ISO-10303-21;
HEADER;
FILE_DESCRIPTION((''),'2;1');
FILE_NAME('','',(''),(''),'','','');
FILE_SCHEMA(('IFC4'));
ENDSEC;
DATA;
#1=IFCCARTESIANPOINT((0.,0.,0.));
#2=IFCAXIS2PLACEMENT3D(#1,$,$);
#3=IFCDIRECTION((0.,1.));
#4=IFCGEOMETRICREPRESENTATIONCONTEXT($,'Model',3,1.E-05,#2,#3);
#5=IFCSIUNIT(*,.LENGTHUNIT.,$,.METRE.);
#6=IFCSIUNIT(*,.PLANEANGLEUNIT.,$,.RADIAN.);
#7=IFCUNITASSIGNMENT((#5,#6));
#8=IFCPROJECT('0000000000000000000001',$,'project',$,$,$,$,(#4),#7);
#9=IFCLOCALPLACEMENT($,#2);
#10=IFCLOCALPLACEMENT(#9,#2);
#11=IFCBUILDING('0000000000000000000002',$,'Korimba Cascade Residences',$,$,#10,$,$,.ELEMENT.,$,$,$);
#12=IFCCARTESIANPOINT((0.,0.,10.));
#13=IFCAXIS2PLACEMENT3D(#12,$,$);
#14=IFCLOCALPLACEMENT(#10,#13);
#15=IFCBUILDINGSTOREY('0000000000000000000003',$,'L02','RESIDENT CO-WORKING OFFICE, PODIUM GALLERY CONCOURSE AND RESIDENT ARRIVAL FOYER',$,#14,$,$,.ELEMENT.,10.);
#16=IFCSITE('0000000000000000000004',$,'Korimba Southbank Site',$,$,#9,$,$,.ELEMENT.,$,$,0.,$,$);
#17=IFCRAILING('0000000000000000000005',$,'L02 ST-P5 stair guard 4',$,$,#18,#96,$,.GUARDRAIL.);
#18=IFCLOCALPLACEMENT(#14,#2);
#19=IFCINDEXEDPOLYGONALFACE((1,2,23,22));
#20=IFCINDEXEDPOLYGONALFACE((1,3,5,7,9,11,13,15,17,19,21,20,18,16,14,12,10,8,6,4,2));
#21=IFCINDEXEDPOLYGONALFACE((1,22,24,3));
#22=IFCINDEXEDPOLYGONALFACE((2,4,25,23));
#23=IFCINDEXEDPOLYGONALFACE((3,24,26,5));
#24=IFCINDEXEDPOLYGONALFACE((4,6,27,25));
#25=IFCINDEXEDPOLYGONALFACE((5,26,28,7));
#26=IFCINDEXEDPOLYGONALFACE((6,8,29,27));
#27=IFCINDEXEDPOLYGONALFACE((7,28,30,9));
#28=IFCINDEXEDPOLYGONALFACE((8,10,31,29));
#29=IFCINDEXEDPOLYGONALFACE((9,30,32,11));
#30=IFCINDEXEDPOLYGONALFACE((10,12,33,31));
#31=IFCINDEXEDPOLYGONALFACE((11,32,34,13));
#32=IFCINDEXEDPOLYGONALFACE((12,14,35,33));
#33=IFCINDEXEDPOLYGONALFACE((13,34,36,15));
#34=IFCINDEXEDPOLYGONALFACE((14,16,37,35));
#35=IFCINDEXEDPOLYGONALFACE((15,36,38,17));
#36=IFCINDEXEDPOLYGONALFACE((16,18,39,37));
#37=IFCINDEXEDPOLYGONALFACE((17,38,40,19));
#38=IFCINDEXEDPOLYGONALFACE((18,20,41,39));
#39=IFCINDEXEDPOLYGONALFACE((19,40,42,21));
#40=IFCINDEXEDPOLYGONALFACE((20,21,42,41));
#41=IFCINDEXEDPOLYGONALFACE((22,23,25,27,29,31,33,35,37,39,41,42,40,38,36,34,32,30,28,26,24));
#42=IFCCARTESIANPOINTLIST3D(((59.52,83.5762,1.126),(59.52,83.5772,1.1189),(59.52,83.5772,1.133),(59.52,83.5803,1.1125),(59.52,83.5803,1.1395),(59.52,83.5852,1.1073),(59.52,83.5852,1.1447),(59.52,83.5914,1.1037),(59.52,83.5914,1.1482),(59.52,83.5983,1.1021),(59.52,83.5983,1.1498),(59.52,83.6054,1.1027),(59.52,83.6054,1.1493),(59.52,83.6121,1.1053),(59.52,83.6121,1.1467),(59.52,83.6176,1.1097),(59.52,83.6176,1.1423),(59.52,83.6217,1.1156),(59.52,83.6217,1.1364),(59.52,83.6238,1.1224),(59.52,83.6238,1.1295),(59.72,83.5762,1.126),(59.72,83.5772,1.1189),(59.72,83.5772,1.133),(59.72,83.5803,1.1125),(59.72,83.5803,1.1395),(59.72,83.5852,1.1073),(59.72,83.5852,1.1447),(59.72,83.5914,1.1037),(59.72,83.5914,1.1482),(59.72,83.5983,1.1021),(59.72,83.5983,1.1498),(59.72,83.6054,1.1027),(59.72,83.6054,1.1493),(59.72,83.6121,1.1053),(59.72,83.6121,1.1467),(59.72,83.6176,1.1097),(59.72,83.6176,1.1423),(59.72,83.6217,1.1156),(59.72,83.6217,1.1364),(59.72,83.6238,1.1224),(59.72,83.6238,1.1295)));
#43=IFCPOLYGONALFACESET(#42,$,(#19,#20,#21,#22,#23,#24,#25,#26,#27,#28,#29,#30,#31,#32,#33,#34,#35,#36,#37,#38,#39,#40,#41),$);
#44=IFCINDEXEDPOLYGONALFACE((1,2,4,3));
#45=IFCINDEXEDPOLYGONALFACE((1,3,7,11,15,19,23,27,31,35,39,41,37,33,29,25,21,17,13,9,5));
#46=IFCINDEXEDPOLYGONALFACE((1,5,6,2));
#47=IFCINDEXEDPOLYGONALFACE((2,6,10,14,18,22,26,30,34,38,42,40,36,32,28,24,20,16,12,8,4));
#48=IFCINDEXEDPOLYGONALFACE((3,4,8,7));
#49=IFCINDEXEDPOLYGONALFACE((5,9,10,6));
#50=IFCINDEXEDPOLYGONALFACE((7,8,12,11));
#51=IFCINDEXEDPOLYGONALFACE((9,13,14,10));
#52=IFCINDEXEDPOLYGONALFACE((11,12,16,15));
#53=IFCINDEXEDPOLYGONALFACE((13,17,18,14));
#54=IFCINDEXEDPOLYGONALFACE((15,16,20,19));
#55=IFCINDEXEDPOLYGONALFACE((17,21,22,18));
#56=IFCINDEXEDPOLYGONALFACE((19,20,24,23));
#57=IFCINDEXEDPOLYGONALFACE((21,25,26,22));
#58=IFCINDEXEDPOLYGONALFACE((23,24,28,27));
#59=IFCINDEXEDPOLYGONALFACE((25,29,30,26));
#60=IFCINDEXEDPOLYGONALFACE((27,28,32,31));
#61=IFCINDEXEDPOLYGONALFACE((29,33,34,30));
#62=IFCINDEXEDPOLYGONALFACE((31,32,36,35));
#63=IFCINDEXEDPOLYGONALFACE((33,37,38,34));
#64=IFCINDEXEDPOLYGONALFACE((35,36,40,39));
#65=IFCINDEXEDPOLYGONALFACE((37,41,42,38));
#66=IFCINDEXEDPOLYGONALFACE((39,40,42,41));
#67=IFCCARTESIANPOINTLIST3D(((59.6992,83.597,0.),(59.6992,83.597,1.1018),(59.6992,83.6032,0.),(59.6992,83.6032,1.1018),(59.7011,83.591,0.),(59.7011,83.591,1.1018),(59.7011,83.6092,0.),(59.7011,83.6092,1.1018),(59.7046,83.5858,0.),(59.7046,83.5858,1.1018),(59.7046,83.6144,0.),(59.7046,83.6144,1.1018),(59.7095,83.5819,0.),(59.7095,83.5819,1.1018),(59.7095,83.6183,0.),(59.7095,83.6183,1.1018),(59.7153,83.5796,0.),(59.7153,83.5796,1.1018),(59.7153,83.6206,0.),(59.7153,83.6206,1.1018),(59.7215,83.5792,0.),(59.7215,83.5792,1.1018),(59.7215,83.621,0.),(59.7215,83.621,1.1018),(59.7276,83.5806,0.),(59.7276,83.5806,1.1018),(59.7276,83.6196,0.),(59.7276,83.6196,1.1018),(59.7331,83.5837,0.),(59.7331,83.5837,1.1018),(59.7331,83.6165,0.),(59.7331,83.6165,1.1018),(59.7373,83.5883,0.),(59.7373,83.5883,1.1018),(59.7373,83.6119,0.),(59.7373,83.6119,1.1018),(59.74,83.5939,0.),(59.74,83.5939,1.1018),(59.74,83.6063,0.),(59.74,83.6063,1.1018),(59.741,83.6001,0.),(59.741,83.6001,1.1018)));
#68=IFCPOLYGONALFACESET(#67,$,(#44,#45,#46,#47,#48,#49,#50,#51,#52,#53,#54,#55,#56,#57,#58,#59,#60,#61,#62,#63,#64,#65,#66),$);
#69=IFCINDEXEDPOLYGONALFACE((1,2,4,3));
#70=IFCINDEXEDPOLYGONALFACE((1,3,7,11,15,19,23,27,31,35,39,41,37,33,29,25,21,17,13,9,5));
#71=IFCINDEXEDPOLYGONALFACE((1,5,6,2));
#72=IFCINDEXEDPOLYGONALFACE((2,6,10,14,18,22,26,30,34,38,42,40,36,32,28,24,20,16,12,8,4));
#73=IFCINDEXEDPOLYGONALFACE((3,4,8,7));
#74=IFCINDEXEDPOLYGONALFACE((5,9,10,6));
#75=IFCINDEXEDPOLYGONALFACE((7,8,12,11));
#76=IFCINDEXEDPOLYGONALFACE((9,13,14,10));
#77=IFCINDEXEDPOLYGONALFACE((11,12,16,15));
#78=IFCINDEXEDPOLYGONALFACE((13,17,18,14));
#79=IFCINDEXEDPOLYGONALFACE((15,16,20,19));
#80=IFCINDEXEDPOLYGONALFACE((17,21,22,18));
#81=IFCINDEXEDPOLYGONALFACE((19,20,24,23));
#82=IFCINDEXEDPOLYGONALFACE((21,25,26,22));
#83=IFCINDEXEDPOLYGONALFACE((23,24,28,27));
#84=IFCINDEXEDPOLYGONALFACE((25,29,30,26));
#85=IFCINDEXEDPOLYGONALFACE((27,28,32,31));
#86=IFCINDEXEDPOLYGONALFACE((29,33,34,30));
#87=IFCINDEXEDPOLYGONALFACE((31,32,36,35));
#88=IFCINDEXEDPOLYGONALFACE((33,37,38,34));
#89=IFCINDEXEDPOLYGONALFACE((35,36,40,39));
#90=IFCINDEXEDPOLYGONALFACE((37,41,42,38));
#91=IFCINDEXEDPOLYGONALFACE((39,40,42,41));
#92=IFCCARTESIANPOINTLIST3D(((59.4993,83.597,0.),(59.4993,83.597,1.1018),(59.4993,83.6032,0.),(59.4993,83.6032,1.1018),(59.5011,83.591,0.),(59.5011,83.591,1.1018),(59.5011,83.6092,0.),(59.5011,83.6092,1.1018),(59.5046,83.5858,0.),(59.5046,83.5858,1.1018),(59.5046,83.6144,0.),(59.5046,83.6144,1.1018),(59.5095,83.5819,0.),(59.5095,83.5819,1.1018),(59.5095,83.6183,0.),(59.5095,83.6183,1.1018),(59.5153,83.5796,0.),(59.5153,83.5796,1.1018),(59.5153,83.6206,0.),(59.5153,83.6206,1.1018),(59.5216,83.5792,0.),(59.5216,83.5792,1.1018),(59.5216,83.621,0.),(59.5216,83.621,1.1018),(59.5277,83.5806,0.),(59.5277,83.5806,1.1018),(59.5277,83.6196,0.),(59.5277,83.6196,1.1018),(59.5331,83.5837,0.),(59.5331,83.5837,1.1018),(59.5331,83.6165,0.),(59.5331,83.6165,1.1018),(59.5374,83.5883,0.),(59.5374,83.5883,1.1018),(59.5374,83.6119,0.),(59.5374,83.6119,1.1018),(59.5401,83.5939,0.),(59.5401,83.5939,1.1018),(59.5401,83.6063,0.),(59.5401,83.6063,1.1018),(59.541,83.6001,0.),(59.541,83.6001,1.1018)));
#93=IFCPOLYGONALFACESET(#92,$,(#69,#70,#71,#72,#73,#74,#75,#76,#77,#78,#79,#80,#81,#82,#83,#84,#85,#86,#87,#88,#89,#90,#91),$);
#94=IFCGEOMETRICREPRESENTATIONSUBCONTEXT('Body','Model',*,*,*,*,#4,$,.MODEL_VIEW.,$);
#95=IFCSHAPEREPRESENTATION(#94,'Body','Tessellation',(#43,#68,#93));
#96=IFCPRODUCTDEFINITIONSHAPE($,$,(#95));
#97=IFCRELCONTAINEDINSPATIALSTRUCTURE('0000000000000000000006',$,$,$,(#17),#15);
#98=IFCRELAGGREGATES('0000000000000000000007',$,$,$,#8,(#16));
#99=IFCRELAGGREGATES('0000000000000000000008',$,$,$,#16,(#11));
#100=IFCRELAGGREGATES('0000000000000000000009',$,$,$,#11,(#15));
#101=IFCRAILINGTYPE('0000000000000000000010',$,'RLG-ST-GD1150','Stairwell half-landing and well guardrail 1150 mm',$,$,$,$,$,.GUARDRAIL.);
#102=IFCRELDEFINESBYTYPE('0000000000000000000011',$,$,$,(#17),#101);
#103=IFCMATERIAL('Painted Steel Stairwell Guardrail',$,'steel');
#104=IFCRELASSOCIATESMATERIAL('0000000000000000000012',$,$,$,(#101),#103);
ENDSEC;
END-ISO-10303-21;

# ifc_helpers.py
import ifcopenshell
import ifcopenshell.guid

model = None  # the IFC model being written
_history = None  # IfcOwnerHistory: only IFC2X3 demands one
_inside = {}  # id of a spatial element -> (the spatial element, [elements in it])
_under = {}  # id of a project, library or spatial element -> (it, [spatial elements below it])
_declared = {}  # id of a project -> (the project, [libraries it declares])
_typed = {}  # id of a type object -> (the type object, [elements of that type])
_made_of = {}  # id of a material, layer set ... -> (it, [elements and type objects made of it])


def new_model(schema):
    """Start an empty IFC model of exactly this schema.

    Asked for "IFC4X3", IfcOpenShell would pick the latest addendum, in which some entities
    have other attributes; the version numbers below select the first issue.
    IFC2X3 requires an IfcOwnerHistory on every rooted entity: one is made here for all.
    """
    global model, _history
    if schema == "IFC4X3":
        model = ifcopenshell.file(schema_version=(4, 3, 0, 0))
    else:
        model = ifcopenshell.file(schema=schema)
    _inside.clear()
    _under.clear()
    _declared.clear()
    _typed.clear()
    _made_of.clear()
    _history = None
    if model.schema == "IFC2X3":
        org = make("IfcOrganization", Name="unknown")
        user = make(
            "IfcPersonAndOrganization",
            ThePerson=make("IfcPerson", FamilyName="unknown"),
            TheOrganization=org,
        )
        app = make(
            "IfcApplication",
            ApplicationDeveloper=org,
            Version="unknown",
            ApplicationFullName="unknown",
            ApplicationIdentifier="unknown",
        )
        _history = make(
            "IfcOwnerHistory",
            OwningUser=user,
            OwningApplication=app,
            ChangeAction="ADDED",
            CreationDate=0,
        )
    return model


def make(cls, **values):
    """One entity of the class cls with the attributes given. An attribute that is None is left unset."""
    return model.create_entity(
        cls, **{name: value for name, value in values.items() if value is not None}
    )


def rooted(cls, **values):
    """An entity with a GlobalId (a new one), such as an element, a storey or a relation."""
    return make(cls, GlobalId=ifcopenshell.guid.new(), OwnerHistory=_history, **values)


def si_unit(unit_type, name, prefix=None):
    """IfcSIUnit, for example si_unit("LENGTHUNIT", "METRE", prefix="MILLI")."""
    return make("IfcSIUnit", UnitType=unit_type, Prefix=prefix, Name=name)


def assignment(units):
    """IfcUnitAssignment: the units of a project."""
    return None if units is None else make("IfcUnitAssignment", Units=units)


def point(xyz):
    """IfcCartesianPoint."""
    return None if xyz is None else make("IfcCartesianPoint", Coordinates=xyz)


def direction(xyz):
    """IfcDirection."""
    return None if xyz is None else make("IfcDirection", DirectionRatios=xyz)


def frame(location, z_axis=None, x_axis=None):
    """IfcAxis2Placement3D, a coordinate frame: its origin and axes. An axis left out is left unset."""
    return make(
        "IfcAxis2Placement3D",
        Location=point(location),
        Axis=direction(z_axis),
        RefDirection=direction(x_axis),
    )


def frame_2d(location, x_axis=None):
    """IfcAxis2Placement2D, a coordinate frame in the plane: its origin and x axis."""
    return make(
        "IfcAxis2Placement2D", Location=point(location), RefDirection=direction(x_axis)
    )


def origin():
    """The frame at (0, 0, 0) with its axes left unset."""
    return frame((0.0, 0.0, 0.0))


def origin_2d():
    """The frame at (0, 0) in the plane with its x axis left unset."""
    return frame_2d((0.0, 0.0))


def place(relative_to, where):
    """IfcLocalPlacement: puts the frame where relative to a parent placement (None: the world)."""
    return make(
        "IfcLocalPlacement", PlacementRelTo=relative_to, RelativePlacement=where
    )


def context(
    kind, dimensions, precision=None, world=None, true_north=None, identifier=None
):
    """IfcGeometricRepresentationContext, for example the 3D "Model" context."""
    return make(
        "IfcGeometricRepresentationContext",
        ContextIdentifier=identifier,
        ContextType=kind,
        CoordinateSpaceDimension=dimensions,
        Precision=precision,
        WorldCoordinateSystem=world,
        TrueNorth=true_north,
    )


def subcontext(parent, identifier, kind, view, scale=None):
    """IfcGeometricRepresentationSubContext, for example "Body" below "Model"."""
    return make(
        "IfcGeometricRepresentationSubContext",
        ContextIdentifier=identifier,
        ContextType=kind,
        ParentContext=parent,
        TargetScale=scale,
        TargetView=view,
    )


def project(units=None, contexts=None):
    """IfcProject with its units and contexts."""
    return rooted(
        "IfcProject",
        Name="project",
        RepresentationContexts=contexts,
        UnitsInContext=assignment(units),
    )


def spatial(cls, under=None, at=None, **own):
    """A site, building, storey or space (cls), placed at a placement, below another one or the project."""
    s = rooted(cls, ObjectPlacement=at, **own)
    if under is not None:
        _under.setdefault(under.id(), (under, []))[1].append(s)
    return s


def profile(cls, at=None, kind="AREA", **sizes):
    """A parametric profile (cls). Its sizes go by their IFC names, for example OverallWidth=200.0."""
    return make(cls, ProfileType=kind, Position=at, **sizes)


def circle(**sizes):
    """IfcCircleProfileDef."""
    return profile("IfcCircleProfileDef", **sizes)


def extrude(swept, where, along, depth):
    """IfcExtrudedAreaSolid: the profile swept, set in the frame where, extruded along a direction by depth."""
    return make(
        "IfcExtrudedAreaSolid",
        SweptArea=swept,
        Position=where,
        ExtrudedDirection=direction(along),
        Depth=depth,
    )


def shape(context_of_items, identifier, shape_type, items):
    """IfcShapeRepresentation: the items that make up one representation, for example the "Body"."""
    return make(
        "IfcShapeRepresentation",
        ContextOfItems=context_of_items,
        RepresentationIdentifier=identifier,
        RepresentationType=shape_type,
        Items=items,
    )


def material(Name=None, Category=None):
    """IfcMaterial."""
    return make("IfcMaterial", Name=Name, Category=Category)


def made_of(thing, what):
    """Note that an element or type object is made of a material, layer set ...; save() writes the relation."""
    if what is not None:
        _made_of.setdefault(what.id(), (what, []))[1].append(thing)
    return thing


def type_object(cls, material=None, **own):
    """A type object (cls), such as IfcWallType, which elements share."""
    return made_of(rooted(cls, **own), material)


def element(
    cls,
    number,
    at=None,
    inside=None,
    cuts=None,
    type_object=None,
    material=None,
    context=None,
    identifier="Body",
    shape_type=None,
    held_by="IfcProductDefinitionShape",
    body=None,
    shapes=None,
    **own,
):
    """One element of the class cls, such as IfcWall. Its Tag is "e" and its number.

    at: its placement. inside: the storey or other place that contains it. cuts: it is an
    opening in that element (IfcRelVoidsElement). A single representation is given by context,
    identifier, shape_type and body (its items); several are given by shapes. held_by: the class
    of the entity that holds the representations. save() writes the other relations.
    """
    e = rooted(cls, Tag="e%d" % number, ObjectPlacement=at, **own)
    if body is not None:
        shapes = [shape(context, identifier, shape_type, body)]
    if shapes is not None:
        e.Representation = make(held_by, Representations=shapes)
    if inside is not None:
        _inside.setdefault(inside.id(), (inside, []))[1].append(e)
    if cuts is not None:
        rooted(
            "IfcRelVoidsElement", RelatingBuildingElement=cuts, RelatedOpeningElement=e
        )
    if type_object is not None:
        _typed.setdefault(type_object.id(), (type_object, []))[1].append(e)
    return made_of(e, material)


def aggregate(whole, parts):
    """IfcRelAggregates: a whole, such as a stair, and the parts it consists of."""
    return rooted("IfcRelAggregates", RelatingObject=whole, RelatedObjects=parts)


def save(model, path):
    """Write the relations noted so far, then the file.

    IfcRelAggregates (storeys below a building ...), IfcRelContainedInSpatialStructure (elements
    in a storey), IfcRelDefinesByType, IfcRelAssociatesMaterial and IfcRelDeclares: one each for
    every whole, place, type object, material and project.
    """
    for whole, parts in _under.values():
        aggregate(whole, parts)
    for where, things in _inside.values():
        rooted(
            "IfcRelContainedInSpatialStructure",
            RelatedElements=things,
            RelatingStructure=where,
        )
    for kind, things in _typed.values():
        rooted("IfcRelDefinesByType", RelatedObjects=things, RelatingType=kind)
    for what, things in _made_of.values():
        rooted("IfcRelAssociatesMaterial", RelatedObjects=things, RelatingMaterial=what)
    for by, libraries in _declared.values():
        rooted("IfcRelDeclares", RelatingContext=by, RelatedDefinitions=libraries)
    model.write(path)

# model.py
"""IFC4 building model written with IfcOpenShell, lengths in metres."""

from ifc_helpers import new_model, si_unit, direction, frame, origin, origin_2d, place, context, subcontext, project, spatial, circle, extrude, material, type_object, element, save


model = new_model("IFC4")

# Units and contexts
model_context = context("Model", 3, precision=1e-05, world=origin(), true_north=direction((0.0, 1.0)))
body_context = subcontext(model_context, "Body", "Model", "MODEL_VIEW")
ifc_project = project(units=[si_unit("LENGTHUNIT", "METRE"), si_unit("PLANEANGLEUNIT", "RADIAN")], contexts=[model_context])

# Site, building, storey
site_placement = place(None, origin())
site = spatial("IfcSite", under=ifc_project, at=site_placement, Name="Korimba Southbank Site", CompositionType="ELEMENT", RefElevation=0.0)
building_placement = place(site_placement, origin())
building = spatial("IfcBuilding", under=site, at=building_placement, Name="Korimba Cascade Residences", CompositionType="ELEMENT")
storey_placement = place(building_placement, frame((0.0, 0.0, 10.0)))
storey = spatial("IfcBuildingStorey", under=building, at=storey_placement, Name="L02", Description="RESIDENT CO-WORKING OFFICE, PODIUM GALLERY CONCOURSE AND RESIDENT ARRIVAL FOYER", CompositionType="ELEMENT", Elevation=10.0)

# Railing
ifc_material_1 = material(Name="Painted Steel Stairwell Guardrail", Category="steel")
railing_type_1 = type_object("IfcRailingType", Name="RLG-ST-GD1150", Description="Stairwell half-landing and well guardrail 1150 mm", PredefinedType="GUARDRAIL", material=ifc_material_1)
railing_1_placement = place(storey_placement, frame((59.72, 83.6001, 0.0)))
element("IfcRailing", 1, at=railing_1_placement, inside=storey, type_object=railing_type_1, Name="L02 ST-P5 stair guard 4", PredefinedType="GUARDRAIL", context=body_context, shape_type="SweptSolid", body=[
    extrude(circle(Radius=0.0239, at=origin_2d()), frame((0.0, 0.0, 1.126), z_axis=(-1.0, 0.0, 0.0), x_axis=(0.0, -1.0, 0.0)), (0.0, 0.0, 1.0), 0.2),
    extrude(circle(Radius=0.021, at=origin_2d()), origin(), (0.0, 0.0, 1.0), 1.1018),
    extrude(circle(Radius=0.021, at=origin_2d()), frame((-0.2, 0.0, 0.0)), (0.0, 0.0, 1.0), 1.1018),
])

save(model, "model.ifc")
